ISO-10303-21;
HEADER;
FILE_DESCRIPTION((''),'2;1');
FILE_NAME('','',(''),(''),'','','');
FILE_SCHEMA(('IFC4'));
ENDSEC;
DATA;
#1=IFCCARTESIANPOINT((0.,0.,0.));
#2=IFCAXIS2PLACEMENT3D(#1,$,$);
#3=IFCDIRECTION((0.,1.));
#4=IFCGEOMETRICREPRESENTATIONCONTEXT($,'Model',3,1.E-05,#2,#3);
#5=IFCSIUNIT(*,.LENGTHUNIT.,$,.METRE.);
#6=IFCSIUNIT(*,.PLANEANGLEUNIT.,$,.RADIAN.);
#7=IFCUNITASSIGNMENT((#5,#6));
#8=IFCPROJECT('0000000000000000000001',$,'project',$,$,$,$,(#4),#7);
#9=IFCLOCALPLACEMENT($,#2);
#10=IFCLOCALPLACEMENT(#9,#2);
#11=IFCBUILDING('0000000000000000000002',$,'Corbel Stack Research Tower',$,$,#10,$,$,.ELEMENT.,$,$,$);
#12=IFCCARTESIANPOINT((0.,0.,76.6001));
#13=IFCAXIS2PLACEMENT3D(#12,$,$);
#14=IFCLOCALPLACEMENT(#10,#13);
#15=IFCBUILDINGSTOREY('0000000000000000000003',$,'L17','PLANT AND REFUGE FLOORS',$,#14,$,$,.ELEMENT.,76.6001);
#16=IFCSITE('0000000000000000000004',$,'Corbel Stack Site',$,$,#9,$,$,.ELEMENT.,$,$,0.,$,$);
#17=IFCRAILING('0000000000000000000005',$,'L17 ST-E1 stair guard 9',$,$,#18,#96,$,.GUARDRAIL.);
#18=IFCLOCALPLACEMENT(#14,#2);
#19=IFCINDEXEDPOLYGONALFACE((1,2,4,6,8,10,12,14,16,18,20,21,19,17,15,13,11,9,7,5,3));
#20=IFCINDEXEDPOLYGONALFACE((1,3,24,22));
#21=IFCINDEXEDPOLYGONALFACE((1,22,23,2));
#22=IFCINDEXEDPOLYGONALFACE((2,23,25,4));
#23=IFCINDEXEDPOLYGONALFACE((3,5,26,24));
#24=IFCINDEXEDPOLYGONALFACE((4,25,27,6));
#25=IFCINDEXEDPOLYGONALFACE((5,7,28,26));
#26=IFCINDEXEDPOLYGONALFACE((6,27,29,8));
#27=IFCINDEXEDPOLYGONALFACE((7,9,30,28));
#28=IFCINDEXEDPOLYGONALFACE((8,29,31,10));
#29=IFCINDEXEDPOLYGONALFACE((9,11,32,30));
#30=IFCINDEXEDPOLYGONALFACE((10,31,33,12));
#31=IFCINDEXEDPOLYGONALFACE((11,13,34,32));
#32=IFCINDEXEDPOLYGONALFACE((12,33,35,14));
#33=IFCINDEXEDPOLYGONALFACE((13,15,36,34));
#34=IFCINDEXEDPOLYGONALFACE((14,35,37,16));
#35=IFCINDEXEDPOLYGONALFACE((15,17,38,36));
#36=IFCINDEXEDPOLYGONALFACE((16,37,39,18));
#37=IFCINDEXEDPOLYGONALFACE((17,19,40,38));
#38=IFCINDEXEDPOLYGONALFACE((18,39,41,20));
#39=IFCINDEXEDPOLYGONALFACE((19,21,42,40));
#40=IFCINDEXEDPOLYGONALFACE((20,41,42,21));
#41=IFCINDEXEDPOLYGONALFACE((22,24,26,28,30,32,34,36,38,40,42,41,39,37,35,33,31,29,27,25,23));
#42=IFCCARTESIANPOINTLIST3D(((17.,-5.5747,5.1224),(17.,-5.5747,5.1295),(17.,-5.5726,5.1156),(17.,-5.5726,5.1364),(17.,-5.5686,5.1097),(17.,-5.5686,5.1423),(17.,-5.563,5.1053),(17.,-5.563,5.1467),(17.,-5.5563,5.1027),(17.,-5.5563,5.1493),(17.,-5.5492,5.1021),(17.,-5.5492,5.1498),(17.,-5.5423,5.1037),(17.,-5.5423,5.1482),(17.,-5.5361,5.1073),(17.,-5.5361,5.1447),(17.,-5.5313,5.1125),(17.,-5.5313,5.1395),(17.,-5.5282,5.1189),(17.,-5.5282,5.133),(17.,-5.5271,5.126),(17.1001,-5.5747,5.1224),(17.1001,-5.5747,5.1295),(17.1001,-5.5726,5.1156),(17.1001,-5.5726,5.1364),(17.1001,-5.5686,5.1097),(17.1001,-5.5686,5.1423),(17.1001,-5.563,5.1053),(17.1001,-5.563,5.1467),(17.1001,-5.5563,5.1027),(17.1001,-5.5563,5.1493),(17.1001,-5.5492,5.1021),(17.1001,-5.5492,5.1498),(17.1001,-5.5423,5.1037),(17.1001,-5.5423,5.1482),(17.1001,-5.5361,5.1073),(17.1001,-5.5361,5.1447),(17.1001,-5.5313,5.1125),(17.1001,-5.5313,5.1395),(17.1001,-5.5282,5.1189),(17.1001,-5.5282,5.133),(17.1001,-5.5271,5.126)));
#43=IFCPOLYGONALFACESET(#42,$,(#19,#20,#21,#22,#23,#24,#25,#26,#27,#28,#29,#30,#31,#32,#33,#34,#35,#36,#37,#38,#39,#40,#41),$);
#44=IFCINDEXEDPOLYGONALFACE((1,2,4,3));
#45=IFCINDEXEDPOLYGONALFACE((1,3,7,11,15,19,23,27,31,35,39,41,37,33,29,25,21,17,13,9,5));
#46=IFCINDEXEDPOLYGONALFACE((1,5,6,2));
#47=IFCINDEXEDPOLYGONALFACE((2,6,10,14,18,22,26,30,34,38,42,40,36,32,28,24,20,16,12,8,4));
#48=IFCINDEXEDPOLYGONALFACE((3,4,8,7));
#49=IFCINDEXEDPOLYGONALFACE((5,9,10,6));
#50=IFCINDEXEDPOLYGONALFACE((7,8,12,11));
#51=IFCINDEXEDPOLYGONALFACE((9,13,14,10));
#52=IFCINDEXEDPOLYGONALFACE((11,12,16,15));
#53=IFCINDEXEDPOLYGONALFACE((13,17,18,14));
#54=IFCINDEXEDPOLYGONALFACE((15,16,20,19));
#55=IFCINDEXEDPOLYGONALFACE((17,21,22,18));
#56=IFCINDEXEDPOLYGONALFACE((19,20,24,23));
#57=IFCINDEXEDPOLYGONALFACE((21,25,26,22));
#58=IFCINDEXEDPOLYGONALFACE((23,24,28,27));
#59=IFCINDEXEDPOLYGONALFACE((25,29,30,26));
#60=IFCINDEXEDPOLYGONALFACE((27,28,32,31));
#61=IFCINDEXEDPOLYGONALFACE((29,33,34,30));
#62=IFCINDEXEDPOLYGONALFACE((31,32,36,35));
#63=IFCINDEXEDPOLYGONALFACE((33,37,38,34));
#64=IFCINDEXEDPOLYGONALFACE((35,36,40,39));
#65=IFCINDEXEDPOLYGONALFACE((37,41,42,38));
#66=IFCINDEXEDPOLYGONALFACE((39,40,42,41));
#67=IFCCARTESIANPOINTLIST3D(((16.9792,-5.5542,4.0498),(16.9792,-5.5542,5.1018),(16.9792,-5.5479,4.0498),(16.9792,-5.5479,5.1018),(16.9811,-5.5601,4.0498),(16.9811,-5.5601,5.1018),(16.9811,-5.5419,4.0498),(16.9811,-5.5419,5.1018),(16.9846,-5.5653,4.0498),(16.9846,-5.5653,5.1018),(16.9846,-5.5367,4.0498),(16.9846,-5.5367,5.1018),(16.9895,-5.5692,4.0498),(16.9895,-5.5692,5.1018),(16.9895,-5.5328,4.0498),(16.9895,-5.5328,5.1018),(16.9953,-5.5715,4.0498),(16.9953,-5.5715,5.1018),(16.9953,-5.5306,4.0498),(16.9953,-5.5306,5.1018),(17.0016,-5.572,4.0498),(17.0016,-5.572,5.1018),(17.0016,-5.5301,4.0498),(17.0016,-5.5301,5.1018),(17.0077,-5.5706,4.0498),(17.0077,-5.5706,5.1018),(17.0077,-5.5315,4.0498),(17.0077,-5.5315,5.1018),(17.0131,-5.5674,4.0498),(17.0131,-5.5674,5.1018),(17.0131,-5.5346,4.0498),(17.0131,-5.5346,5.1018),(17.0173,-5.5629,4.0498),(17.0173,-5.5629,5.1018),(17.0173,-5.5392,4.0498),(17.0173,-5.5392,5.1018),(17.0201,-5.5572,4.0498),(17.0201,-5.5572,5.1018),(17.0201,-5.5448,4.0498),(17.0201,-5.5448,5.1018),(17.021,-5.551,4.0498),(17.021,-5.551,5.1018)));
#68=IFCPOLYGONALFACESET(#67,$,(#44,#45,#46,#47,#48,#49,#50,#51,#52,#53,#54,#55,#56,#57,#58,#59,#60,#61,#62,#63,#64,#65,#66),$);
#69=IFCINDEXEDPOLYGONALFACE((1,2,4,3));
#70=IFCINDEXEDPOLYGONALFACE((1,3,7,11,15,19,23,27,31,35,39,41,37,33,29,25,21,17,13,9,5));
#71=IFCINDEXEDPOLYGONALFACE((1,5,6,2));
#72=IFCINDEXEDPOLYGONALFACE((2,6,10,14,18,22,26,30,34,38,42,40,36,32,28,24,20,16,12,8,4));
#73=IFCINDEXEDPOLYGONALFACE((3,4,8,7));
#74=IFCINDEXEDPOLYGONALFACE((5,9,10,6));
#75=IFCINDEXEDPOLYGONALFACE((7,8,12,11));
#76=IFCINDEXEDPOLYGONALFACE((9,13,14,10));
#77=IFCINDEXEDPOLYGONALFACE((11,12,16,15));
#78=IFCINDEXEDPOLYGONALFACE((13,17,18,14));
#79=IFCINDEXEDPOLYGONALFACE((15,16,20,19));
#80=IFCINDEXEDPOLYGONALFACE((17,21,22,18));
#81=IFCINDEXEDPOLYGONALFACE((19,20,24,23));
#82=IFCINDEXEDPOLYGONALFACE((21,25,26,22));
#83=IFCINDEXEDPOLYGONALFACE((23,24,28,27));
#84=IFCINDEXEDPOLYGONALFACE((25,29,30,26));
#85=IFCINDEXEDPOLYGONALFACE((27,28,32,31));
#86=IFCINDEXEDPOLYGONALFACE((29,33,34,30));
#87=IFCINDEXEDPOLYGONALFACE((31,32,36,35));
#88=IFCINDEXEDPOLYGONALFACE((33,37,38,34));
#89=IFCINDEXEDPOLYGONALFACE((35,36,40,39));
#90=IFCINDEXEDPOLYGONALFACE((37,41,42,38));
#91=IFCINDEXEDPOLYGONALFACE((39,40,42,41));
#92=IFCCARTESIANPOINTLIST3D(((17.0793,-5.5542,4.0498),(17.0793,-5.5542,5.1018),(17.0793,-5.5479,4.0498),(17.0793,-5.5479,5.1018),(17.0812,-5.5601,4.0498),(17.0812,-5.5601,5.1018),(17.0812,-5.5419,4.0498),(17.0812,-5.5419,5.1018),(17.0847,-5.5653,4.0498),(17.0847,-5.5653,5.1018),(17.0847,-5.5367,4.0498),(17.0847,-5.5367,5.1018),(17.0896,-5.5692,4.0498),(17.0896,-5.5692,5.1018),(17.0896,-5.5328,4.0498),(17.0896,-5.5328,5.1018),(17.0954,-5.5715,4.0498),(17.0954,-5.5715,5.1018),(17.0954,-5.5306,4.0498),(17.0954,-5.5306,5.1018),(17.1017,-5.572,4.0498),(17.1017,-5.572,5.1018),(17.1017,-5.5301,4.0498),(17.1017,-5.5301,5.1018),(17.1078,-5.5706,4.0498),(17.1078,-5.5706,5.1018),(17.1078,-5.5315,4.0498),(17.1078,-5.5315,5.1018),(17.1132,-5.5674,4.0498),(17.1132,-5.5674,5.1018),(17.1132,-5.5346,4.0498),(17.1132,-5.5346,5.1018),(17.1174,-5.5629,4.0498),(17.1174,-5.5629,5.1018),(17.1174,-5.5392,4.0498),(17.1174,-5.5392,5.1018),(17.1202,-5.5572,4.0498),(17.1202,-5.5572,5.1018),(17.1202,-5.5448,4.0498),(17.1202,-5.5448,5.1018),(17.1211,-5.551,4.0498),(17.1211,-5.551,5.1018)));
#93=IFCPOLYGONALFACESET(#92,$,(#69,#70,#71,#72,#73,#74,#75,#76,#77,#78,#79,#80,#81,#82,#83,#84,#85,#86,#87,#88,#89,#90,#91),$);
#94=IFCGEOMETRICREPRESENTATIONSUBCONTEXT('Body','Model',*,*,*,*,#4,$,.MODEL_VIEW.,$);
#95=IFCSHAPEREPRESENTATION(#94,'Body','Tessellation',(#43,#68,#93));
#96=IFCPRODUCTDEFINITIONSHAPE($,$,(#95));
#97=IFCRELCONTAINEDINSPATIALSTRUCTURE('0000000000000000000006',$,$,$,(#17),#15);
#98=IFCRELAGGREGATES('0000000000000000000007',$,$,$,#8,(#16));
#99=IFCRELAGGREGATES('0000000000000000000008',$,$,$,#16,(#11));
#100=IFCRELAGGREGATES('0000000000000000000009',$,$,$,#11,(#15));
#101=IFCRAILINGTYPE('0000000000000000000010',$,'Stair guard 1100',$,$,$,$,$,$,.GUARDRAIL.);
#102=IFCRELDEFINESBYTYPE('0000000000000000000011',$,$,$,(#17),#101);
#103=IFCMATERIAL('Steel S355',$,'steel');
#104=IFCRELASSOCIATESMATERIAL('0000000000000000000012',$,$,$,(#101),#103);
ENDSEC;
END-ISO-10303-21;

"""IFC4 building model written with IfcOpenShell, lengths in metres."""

from ifc_helpers import new_model, si_unit, direction, frame, origin, origin_2d, place, context, subcontext, project, spatial, circle, extrude, material, type_object, element, save


model = new_model("IFC4")

# Units and contexts
model_context = context("Model", 3, precision=1e-05, world=origin(), true_north=direction((0.0, 1.0)))
body_context = subcontext(model_context, "Body", "Model", "MODEL_VIEW")
ifc_project = project(units=[si_unit("LENGTHUNIT", "METRE"), si_unit("PLANEANGLEUNIT", "RADIAN")], contexts=[model_context])

# Site, building, storey
site_placement = place(None, origin())
site = spatial("IfcSite", under=ifc_project, at=site_placement, Name="Corbel Stack Site", CompositionType="ELEMENT", RefElevation=0.0)
building_placement = place(site_placement, origin())
building = spatial("IfcBuilding", under=site, at=building_placement, Name="Corbel Stack Research Tower", CompositionType="ELEMENT")
storey_placement = place(building_placement, frame((0.0, 0.0, 76.6001)))
storey = spatial("IfcBuildingStorey", under=building, at=storey_placement, Name="L17", Description="PLANT AND REFUGE FLOORS", CompositionType="ELEMENT", Elevation=76.6001)

# Railing
ifc_material_1 = material(Name="Steel S355", Category="steel")
railing_type = type_object("IfcRailingType", Name="Stair guard 1100", PredefinedType="GUARDRAIL", material=ifc_material_1)
railing_1_placement = place(storey_placement, frame((17.0, -5.551, 4.0498)))
element("IfcRailing", 1, at=railing_1_placement, inside=storey, type_object=railing_type, Name="L17 ST-E1 stair guard 9", PredefinedType="GUARDRAIL", context=body_context, shape_type="SweptSolid", body=[
    extrude(circle(Radius=0.0239, at=origin_2d()), frame((0.0, 0.0, 1.0762), z_axis=(1.0, 0.0, 0.0), x_axis=(0.0, 1.0, 0.0)), (0.0, 0.0, 1.0), 0.1001),
    extrude(circle(Radius=0.021, at=origin_2d()), origin(), (0.0, 0.0, 1.0), 1.052),
    extrude(circle(Radius=0.021, at=origin_2d()), frame((0.1001, 0.0, 0.0)), (0.0, 0.0, 1.0), 1.052),
])

save(model, "model.ifc")
